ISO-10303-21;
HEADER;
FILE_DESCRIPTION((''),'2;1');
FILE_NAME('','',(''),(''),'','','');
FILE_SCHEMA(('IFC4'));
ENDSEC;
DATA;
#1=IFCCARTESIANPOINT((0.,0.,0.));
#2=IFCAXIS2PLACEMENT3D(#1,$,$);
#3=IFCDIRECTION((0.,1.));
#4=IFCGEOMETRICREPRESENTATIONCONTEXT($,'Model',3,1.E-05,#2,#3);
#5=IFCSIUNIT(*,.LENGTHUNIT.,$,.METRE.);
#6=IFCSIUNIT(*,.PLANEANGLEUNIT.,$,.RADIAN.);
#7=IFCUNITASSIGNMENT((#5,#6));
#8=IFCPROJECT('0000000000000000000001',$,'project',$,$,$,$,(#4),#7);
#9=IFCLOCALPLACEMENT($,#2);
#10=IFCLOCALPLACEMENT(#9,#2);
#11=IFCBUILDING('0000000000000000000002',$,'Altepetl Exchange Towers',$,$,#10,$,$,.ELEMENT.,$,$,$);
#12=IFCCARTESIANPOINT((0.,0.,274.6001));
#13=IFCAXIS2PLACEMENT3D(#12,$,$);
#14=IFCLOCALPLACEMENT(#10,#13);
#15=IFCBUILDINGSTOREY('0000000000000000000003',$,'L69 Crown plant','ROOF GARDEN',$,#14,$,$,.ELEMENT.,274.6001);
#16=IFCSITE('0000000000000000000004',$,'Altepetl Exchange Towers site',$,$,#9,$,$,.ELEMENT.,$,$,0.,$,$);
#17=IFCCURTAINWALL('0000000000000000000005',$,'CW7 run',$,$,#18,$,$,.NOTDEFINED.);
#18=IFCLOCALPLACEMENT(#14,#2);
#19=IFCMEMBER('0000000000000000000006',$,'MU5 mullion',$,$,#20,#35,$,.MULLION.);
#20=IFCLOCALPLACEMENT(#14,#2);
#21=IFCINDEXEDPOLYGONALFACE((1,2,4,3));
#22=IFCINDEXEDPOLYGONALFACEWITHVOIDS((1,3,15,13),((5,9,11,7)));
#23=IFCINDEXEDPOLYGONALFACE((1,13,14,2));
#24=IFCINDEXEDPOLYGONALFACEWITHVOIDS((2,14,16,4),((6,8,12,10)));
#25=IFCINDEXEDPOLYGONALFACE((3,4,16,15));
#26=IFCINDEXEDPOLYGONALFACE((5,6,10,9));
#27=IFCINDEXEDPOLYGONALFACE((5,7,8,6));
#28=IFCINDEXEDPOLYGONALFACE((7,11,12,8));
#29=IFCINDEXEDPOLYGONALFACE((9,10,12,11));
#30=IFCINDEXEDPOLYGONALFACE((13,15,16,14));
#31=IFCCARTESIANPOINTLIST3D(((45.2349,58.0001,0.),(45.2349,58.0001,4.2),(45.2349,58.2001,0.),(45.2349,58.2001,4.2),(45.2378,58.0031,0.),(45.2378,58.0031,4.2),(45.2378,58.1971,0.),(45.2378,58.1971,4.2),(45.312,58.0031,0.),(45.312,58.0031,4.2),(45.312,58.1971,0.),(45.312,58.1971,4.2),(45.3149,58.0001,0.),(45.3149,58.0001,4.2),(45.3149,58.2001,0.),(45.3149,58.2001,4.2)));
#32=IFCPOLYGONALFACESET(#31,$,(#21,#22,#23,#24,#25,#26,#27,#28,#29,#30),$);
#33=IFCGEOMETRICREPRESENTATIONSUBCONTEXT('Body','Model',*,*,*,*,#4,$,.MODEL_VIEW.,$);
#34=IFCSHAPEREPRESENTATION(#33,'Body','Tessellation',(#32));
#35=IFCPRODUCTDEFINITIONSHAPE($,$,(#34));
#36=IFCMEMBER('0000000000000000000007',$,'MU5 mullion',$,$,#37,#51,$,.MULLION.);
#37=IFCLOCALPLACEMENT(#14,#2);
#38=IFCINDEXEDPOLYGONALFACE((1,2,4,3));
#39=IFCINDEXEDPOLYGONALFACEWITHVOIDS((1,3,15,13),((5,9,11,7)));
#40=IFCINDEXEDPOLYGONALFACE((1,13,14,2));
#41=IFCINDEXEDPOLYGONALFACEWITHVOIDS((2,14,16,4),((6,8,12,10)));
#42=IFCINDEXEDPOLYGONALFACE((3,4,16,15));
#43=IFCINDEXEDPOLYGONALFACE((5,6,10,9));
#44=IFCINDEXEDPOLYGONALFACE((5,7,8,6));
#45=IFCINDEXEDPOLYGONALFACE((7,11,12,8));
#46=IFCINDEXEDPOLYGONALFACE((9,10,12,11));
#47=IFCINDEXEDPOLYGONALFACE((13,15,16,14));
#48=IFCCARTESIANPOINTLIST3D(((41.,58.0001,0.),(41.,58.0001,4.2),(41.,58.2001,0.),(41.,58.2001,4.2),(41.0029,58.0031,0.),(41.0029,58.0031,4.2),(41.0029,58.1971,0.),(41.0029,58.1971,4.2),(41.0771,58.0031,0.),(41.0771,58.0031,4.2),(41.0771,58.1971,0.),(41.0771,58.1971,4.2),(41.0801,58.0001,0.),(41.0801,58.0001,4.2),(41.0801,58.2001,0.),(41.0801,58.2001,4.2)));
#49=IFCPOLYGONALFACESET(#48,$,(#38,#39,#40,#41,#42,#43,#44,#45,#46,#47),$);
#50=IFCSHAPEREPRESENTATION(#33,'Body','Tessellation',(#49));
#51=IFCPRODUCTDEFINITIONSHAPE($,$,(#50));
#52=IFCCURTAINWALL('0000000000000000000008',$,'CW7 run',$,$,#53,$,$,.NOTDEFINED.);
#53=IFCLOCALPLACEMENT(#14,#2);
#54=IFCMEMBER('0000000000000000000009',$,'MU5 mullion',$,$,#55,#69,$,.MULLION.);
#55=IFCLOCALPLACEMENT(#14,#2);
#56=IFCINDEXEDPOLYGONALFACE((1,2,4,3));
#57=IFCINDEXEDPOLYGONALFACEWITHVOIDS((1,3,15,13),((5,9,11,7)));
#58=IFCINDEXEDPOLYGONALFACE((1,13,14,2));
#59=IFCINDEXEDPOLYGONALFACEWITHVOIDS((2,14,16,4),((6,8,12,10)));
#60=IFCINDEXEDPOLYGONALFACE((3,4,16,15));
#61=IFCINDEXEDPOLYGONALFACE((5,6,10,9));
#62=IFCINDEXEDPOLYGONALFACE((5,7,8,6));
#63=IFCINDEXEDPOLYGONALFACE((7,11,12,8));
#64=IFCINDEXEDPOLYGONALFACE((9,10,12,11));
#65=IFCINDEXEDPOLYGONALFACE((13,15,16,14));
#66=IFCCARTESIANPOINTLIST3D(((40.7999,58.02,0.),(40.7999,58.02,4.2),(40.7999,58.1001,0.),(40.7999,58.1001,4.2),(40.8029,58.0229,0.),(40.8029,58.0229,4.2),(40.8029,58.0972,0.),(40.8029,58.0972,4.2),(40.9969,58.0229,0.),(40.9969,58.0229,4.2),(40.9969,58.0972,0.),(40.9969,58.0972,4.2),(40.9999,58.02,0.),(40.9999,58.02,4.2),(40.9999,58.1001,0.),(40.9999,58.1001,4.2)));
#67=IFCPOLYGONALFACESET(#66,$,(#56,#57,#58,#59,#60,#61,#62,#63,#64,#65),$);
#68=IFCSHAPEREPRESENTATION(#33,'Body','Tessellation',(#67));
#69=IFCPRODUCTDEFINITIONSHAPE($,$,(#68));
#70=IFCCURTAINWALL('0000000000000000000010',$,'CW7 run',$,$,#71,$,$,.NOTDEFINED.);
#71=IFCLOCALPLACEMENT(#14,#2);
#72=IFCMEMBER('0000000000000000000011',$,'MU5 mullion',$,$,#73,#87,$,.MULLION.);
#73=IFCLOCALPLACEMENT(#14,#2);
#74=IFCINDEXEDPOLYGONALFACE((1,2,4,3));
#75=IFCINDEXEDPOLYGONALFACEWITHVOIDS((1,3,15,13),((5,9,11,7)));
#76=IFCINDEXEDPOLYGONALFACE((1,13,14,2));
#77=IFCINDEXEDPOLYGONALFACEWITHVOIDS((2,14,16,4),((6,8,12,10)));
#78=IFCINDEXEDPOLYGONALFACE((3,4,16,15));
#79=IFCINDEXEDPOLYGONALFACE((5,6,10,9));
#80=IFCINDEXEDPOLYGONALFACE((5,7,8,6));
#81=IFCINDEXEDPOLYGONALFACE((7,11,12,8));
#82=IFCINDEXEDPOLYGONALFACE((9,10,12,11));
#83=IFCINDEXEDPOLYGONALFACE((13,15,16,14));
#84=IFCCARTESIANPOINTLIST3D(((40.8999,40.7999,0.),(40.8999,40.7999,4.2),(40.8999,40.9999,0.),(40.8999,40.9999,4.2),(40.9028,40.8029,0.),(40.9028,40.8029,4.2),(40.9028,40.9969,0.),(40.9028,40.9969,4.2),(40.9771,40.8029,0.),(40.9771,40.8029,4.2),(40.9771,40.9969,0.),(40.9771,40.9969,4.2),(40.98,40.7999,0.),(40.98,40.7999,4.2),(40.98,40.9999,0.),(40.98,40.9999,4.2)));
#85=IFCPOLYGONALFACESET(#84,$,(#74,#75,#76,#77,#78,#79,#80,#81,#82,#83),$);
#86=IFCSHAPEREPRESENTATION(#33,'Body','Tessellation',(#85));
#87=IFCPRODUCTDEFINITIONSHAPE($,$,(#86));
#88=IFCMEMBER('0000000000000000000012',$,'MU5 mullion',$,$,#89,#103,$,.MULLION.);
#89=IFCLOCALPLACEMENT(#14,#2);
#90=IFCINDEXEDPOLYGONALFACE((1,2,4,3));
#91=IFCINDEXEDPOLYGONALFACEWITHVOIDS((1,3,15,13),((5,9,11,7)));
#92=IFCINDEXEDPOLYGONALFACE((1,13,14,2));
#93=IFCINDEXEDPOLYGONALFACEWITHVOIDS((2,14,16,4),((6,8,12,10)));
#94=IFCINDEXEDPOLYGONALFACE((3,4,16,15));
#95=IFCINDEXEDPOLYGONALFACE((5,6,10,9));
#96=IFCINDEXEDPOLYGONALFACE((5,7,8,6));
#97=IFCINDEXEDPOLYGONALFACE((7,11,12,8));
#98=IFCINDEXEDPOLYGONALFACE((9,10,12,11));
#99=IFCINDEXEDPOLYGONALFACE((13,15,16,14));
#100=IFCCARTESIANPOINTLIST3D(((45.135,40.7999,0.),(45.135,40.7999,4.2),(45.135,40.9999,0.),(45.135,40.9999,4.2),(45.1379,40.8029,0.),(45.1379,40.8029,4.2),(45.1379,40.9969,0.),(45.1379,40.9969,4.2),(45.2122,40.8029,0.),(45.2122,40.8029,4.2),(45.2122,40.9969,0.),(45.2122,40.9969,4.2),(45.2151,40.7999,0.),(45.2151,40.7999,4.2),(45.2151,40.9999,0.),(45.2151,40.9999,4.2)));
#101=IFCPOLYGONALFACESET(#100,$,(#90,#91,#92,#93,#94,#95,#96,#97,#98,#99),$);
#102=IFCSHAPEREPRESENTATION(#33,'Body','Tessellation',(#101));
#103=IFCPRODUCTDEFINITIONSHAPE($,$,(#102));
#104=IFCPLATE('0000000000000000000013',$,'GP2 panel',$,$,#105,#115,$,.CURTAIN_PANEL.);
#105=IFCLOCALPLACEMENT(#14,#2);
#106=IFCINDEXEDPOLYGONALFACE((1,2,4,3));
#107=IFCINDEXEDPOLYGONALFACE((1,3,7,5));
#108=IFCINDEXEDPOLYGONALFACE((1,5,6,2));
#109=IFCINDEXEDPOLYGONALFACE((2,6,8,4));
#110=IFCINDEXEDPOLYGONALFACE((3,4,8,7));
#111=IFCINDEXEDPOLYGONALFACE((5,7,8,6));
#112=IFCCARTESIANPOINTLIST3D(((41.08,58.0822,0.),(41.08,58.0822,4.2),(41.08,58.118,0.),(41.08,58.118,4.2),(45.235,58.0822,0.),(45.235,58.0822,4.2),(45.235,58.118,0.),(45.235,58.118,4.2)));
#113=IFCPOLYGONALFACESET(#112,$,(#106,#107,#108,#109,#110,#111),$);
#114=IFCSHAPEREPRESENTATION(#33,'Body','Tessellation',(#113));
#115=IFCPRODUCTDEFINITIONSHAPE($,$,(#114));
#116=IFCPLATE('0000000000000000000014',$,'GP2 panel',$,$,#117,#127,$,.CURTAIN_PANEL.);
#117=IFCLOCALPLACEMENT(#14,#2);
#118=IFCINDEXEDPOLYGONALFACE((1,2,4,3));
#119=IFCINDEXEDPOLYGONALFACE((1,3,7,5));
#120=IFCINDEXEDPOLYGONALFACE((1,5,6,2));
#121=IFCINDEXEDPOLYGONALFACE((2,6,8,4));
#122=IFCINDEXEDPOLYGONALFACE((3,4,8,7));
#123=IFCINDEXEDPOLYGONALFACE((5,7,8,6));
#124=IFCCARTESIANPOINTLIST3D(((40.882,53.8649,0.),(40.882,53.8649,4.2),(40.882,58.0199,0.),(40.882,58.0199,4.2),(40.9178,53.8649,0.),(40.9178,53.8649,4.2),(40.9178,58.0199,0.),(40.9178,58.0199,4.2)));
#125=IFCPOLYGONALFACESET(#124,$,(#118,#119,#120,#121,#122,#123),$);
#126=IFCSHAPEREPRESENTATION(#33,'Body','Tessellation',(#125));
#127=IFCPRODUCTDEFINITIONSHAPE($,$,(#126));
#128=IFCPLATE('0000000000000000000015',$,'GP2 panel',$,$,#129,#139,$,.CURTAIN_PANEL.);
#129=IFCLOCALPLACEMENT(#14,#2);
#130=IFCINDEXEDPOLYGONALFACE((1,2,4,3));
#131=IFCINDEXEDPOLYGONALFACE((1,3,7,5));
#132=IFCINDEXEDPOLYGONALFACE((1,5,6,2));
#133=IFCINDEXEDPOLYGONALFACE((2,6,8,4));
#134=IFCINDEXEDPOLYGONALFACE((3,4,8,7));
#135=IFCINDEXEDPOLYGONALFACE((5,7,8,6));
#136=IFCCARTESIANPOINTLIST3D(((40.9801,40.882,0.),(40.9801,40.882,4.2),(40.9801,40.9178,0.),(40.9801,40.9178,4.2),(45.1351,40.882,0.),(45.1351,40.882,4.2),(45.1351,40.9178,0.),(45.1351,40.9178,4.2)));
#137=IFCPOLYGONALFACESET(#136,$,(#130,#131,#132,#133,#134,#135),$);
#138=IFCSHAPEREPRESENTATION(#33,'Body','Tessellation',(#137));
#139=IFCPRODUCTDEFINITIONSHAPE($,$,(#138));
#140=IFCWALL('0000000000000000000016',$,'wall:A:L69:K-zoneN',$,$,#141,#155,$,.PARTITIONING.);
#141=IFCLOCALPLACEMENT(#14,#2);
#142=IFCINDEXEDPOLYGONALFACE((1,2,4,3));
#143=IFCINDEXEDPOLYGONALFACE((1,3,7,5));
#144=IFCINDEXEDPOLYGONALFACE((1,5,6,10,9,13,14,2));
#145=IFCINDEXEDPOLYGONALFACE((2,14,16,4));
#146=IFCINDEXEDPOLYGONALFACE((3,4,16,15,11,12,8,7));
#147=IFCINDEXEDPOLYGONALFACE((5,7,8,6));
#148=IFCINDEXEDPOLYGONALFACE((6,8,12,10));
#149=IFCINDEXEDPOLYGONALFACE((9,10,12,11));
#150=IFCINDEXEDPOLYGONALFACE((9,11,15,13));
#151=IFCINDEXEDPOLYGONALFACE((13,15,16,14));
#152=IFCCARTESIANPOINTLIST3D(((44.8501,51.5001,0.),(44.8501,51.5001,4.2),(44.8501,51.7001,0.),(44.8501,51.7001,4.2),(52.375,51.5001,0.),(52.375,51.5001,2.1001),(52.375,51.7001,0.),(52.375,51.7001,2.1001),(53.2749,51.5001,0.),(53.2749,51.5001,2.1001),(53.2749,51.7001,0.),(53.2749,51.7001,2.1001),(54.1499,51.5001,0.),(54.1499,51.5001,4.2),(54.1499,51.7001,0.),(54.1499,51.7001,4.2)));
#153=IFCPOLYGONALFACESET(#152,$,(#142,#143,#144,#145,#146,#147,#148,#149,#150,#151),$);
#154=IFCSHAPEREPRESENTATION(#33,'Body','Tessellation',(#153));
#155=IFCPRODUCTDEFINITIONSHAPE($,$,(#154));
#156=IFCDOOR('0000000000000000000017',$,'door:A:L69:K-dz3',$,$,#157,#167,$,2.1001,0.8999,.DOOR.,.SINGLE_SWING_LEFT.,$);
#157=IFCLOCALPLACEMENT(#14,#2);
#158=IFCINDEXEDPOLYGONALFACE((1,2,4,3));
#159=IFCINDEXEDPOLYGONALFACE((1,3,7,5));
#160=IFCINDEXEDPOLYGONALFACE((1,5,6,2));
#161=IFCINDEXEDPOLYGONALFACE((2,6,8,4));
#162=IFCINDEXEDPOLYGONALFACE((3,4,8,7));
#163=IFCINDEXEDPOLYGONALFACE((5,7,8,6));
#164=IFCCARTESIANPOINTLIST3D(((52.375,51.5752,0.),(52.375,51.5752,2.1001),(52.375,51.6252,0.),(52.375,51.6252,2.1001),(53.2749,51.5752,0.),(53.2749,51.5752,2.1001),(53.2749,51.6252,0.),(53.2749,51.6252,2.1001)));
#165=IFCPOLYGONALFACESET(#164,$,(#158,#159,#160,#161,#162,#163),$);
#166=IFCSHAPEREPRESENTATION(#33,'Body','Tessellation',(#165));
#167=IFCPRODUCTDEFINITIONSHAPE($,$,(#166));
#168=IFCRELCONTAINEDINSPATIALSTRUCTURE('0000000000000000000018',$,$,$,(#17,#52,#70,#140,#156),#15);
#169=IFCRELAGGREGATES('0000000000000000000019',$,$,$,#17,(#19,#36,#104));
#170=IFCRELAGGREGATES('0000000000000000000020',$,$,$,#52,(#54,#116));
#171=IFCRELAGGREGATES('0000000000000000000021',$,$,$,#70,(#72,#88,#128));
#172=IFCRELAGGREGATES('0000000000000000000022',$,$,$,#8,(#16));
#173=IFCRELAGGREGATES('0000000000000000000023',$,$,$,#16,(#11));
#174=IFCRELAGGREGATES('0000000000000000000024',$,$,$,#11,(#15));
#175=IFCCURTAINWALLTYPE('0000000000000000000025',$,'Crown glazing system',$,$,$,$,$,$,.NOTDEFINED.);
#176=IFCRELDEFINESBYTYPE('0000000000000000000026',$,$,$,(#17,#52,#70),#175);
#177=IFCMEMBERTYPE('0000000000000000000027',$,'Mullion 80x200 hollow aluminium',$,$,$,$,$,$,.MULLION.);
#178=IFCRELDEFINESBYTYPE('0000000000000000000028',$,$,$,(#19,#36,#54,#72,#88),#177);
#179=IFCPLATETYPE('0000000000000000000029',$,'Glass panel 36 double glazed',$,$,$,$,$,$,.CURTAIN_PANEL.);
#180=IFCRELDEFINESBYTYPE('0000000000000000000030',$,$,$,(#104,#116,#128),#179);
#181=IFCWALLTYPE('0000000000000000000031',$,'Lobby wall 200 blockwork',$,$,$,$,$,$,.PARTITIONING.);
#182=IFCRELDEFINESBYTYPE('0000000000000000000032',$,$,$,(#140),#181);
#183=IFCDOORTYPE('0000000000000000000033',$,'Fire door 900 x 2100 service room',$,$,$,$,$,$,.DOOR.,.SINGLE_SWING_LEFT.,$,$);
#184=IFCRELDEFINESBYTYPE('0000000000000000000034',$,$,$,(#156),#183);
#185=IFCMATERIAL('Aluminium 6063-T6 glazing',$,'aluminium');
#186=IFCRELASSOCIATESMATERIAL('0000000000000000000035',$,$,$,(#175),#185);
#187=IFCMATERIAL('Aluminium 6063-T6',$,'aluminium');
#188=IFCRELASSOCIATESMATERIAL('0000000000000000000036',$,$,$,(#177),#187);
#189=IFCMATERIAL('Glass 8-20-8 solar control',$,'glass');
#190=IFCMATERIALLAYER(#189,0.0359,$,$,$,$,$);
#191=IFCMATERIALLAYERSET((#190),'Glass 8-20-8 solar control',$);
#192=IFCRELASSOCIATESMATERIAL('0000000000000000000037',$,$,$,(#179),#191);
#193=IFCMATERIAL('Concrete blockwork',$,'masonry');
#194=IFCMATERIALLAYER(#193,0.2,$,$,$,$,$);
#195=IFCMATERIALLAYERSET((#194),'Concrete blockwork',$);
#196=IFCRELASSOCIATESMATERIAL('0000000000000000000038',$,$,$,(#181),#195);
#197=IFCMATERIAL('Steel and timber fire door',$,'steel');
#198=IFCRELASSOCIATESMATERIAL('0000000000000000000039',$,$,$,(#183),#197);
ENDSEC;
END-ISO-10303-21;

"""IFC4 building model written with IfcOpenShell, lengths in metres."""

from ifc_helpers import new_model, si_unit, direction, frame, frame_2d, origin, origin_2d, place, context, subcontext, project, spatial, rectangle, hollow_rectangle, extrude, material, layer, layer_set, material_profile, profile_set, type_object, element, fill, aggregate, save


model = new_model("IFC4")

# Units and contexts
model_context = context("Model", 3, precision=1e-05, world=origin(), true_north=direction((0.0, 1.0)))
body_context = subcontext(model_context, "Body", "Model", "MODEL_VIEW")
ifc_project = project(units=[si_unit("LENGTHUNIT", "METRE"), si_unit("PLANEANGLEUNIT", "RADIAN")], contexts=[model_context])

# Site, building, storey
site_placement = place(None, origin())
site = spatial("IfcSite", under=ifc_project, at=site_placement, Name="Altepetl Exchange Towers site", CompositionType="ELEMENT", RefElevation=0.0)
building_placement = place(site_placement, origin())
building = spatial("IfcBuilding", under=site, at=building_placement, Name="Altepetl Exchange Towers", CompositionType="ELEMENT")
storey_placement = place(building_placement, frame((0.0, 0.0, 274.6001)))
storey = spatial("IfcBuildingStorey", under=building, at=storey_placement, Name="L69 Crown plant", Description="ROOF GARDEN", CompositionType="ELEMENT", Elevation=274.6001)

# Curtain wall, members
ifc_material_1 = material(Name="Aluminium 6063-T6 glazing", Category="aluminium")
curtain_wall_type = type_object("IfcCurtainWallType", Name="Crown glazing system", PredefinedType="NOTDEFINED", material=ifc_material_1)
curtain_wall_1_placement = place(storey_placement, origin())
curtain_wall_1 = element("IfcCurtainWall", 1, at=curtain_wall_1_placement, inside=storey, type_object=curtain_wall_type, Name="CW7 run", PredefinedType="NOTDEFINED")
ifc_material_2 = material(Name="Aluminium 6063-T6", Category="aluminium")
ifc_material_profile = material_profile(ifc_material_2, hollow_rectangle(XDim=0.0801, YDim=0.2, WallThickness=0.0029, at=origin_2d()), Name="Mullion 80x200 hollow aluminium")
ifc_profile_set = profile_set([ifc_material_profile], Name="Aluminium 6063-T6")
member_type = type_object("IfcMemberType", Name="Mullion 80x200 hollow aluminium", PredefinedType="MULLION", material=ifc_profile_set)
member_1_placement = place(storey_placement, frame((45.2749, 58.1001, 0.0), z_axis=(0.0, 0.0, 1.0), x_axis=(-1.0, 0.0, 0.0)))
member_1 = element("IfcMember", 2, at=member_1_placement, type_object=member_type, Name="MU5 mullion", PredefinedType="MULLION", context=body_context, shape_type="SweptSolid", body=[
    extrude(hollow_rectangle(XDim=0.0801, YDim=0.2, WallThickness=0.0029, at=origin_2d()), origin(), (0.0, 0.0, 1.0), 4.2),
])
member_2_placement = place(storey_placement, frame((41.04, 58.1001, 0.0), z_axis=(0.0, 0.0, 1.0), x_axis=(-1.0, 0.0, 0.0)))
member_2 = element("IfcMember", 3, at=member_2_placement, type_object=member_type, Name="MU5 mullion", PredefinedType="MULLION", context=body_context, shape_type="SweptSolid", body=[
    extrude(hollow_rectangle(XDim=0.0801, YDim=0.2, WallThickness=0.0029, at=origin_2d()), origin(), (0.0, 0.0, 1.0), 4.2),
])

# Curtain wall, member
curtain_wall_2_placement = place(storey_placement, origin())
curtain_wall_2 = element("IfcCurtainWall", 4, at=curtain_wall_2_placement, inside=storey, type_object=curtain_wall_type, Name="CW7 run", PredefinedType="NOTDEFINED")
member_3_placement = place(storey_placement, frame((40.8999, 58.0601, 0.0), z_axis=(0.0, 0.0, 1.0), x_axis=(0.0, -1.0, 0.0)))
member_3 = element("IfcMember", 5, at=member_3_placement, type_object=member_type, Name="MU5 mullion", PredefinedType="MULLION", context=body_context, shape_type="SweptSolid", body=[
    extrude(hollow_rectangle(XDim=0.0801, YDim=0.2, WallThickness=0.0029, at=origin_2d()), origin(), (0.0, 0.0, 1.0), 4.2),
])

# Curtain wall, members
curtain_wall_3_placement = place(storey_placement, origin())
curtain_wall_3 = element("IfcCurtainWall", 6, at=curtain_wall_3_placement, inside=storey, type_object=curtain_wall_type, Name="CW7 run", PredefinedType="NOTDEFINED")
member_4_placement = place(storey_placement, frame((40.9399, 40.8999, 0.0)))
member_4 = element("IfcMember", 7, at=member_4_placement, type_object=member_type, Name="MU5 mullion", PredefinedType="MULLION", context=body_context, shape_type="SweptSolid", body=[
    extrude(hollow_rectangle(XDim=0.0801, YDim=0.2, WallThickness=0.0029, at=origin_2d()), origin(), (0.0, 0.0, 1.0), 4.2),
])
member_5_placement = place(storey_placement, frame((45.175, 40.8999, 0.0)))
member_5 = element("IfcMember", 8, at=member_5_placement, type_object=member_type, Name="MU5 mullion", PredefinedType="MULLION", context=body_context, shape_type="SweptSolid", body=[
    extrude(hollow_rectangle(XDim=0.0801, YDim=0.2, WallThickness=0.0029, at=origin_2d()), origin(), (0.0, 0.0, 1.0), 4.2),
])

# Plates
ifc_material_3 = material(Name="Glass 8-20-8 solar control", Category="glass")
ifc_layer_1 = layer(ifc_material_3, 0.0359)
ifc_layer_set_1 = layer_set([ifc_layer_1], Name="Glass 8-20-8 solar control")
plate_type = type_object("IfcPlateType", Name="Glass panel 36 double glazed", PredefinedType="CURTAIN_PANEL", material=ifc_layer_set_1)
plate_1_placement = place(storey_placement, frame((43.1575, 58.1001, 0.0), z_axis=(0.0, 0.0, 1.0), x_axis=(-1.0, 0.0, 0.0)))
plate_1 = element("IfcPlate", 9, at=plate_1_placement, type_object=plate_type, Name="GP2 panel", PredefinedType="CURTAIN_PANEL", context=body_context, shape_type="SweptSolid", body=[
    extrude(rectangle(XDim=4.155, YDim=0.0359, at=origin_2d()), origin(), (0.0, 0.0, 1.0), 4.2),
])
aggregate(curtain_wall_1, [member_1, member_2, plate_1])
plate_2_placement = place(storey_placement, frame((40.8999, 55.9424, 0.0), z_axis=(0.0, 0.0, 1.0), x_axis=(0.0, -1.0, 0.0)))
plate_2 = element("IfcPlate", 10, at=plate_2_placement, type_object=plate_type, Name="GP2 panel", PredefinedType="CURTAIN_PANEL", context=body_context, shape_type="SweptSolid", body=[
    extrude(rectangle(XDim=4.155, YDim=0.0359, at=origin_2d()), origin(), (0.0, 0.0, 1.0), 4.2),
])
aggregate(curtain_wall_2, [member_3, plate_2])
plate_3_placement = place(storey_placement, frame((43.0576, 40.8999, 0.0)))
plate_3 = element("IfcPlate", 11, at=plate_3_placement, type_object=plate_type, Name="GP2 panel", PredefinedType="CURTAIN_PANEL", context=body_context, shape_type="SweptSolid", body=[
    extrude(rectangle(XDim=4.155, YDim=0.0359, at=origin_2d()), origin(), (0.0, 0.0, 1.0), 4.2),
])
aggregate(curtain_wall_3, [member_4, member_5, plate_3])

# Wall, opening, door
ifc_material_4 = material(Name="Concrete blockwork", Category="masonry")
ifc_layer_2 = layer(ifc_material_4, 0.2)
ifc_layer_set_2 = layer_set([ifc_layer_2], Name="Concrete blockwork")
wall_type_1 = type_object("IfcWallType", Name="Lobby wall 200 blockwork", PredefinedType="PARTITIONING", material=ifc_layer_set_2)
wall_1_placement = place(storey_placement, frame((44.8501, 51.6001, 0.0)))
wall_1 = element("IfcWall", 12, at=wall_1_placement, inside=storey, type_object=wall_type_1, Name="wall:A:L69:K-zoneN", PredefinedType="PARTITIONING", context=body_context, shape_type="SweptSolid", body=[
    extrude(rectangle(XDim=9.2998, YDim=0.2, at=frame_2d((4.6499, 0.0))), origin(), (0.0, 0.0, 1.0), 4.2),
])
opening_1_placement = place(wall_1_placement, frame((7.5249, 0.0, 0.0)))
opening_1 = element("IfcOpeningElement", 13, at=opening_1_placement, cuts=wall_1, PredefinedType="OPENING", context=body_context, shape_type="SweptSolid", body=[
    extrude(rectangle(XDim=0.8999, YDim=2.1001, at=frame_2d((0.45, 1.05))), frame((0.0, 0.1099, 0.0), z_axis=(0.0, -1.0, 0.0), x_axis=(1.0, 0.0, 0.0)), (0.0, 0.0, 1.0), 0.22),
])
ifc_material_5 = material(Name="Steel and timber fire door", Category="steel")
door_type = type_object("IfcDoorType", Name="Fire door 900 x 2100 service room", OperationType="SINGLE_SWING_LEFT", PredefinedType="DOOR", material=ifc_material_5)
door_1_placement = place(opening_1_placement, frame((0.8999, 0.0, 0.0), x_axis=(-1.0, 0.0, 0.0)))
door_1 = element("IfcDoor", 14, at=door_1_placement, inside=storey, type_object=door_type, Name="door:A:L69:K-dz3", OperationType="SINGLE_SWING_LEFT", OverallHeight=2.1001, OverallWidth=0.8999, PredefinedType="DOOR", context=body_context, shape_type="SweptSolid", body=[
    extrude(rectangle(XDim=0.8999, YDim=2.1001, at=frame_2d((0.45, 1.05))), frame((0.0, 0.0249, 0.0), z_axis=(0.0, -1.0, 0.0), x_axis=(1.0, 0.0, 0.0)), (0.0, 0.0, 1.0), 0.05),
])
fill(opening_1, door_1)

save(model, "model.ifc")
